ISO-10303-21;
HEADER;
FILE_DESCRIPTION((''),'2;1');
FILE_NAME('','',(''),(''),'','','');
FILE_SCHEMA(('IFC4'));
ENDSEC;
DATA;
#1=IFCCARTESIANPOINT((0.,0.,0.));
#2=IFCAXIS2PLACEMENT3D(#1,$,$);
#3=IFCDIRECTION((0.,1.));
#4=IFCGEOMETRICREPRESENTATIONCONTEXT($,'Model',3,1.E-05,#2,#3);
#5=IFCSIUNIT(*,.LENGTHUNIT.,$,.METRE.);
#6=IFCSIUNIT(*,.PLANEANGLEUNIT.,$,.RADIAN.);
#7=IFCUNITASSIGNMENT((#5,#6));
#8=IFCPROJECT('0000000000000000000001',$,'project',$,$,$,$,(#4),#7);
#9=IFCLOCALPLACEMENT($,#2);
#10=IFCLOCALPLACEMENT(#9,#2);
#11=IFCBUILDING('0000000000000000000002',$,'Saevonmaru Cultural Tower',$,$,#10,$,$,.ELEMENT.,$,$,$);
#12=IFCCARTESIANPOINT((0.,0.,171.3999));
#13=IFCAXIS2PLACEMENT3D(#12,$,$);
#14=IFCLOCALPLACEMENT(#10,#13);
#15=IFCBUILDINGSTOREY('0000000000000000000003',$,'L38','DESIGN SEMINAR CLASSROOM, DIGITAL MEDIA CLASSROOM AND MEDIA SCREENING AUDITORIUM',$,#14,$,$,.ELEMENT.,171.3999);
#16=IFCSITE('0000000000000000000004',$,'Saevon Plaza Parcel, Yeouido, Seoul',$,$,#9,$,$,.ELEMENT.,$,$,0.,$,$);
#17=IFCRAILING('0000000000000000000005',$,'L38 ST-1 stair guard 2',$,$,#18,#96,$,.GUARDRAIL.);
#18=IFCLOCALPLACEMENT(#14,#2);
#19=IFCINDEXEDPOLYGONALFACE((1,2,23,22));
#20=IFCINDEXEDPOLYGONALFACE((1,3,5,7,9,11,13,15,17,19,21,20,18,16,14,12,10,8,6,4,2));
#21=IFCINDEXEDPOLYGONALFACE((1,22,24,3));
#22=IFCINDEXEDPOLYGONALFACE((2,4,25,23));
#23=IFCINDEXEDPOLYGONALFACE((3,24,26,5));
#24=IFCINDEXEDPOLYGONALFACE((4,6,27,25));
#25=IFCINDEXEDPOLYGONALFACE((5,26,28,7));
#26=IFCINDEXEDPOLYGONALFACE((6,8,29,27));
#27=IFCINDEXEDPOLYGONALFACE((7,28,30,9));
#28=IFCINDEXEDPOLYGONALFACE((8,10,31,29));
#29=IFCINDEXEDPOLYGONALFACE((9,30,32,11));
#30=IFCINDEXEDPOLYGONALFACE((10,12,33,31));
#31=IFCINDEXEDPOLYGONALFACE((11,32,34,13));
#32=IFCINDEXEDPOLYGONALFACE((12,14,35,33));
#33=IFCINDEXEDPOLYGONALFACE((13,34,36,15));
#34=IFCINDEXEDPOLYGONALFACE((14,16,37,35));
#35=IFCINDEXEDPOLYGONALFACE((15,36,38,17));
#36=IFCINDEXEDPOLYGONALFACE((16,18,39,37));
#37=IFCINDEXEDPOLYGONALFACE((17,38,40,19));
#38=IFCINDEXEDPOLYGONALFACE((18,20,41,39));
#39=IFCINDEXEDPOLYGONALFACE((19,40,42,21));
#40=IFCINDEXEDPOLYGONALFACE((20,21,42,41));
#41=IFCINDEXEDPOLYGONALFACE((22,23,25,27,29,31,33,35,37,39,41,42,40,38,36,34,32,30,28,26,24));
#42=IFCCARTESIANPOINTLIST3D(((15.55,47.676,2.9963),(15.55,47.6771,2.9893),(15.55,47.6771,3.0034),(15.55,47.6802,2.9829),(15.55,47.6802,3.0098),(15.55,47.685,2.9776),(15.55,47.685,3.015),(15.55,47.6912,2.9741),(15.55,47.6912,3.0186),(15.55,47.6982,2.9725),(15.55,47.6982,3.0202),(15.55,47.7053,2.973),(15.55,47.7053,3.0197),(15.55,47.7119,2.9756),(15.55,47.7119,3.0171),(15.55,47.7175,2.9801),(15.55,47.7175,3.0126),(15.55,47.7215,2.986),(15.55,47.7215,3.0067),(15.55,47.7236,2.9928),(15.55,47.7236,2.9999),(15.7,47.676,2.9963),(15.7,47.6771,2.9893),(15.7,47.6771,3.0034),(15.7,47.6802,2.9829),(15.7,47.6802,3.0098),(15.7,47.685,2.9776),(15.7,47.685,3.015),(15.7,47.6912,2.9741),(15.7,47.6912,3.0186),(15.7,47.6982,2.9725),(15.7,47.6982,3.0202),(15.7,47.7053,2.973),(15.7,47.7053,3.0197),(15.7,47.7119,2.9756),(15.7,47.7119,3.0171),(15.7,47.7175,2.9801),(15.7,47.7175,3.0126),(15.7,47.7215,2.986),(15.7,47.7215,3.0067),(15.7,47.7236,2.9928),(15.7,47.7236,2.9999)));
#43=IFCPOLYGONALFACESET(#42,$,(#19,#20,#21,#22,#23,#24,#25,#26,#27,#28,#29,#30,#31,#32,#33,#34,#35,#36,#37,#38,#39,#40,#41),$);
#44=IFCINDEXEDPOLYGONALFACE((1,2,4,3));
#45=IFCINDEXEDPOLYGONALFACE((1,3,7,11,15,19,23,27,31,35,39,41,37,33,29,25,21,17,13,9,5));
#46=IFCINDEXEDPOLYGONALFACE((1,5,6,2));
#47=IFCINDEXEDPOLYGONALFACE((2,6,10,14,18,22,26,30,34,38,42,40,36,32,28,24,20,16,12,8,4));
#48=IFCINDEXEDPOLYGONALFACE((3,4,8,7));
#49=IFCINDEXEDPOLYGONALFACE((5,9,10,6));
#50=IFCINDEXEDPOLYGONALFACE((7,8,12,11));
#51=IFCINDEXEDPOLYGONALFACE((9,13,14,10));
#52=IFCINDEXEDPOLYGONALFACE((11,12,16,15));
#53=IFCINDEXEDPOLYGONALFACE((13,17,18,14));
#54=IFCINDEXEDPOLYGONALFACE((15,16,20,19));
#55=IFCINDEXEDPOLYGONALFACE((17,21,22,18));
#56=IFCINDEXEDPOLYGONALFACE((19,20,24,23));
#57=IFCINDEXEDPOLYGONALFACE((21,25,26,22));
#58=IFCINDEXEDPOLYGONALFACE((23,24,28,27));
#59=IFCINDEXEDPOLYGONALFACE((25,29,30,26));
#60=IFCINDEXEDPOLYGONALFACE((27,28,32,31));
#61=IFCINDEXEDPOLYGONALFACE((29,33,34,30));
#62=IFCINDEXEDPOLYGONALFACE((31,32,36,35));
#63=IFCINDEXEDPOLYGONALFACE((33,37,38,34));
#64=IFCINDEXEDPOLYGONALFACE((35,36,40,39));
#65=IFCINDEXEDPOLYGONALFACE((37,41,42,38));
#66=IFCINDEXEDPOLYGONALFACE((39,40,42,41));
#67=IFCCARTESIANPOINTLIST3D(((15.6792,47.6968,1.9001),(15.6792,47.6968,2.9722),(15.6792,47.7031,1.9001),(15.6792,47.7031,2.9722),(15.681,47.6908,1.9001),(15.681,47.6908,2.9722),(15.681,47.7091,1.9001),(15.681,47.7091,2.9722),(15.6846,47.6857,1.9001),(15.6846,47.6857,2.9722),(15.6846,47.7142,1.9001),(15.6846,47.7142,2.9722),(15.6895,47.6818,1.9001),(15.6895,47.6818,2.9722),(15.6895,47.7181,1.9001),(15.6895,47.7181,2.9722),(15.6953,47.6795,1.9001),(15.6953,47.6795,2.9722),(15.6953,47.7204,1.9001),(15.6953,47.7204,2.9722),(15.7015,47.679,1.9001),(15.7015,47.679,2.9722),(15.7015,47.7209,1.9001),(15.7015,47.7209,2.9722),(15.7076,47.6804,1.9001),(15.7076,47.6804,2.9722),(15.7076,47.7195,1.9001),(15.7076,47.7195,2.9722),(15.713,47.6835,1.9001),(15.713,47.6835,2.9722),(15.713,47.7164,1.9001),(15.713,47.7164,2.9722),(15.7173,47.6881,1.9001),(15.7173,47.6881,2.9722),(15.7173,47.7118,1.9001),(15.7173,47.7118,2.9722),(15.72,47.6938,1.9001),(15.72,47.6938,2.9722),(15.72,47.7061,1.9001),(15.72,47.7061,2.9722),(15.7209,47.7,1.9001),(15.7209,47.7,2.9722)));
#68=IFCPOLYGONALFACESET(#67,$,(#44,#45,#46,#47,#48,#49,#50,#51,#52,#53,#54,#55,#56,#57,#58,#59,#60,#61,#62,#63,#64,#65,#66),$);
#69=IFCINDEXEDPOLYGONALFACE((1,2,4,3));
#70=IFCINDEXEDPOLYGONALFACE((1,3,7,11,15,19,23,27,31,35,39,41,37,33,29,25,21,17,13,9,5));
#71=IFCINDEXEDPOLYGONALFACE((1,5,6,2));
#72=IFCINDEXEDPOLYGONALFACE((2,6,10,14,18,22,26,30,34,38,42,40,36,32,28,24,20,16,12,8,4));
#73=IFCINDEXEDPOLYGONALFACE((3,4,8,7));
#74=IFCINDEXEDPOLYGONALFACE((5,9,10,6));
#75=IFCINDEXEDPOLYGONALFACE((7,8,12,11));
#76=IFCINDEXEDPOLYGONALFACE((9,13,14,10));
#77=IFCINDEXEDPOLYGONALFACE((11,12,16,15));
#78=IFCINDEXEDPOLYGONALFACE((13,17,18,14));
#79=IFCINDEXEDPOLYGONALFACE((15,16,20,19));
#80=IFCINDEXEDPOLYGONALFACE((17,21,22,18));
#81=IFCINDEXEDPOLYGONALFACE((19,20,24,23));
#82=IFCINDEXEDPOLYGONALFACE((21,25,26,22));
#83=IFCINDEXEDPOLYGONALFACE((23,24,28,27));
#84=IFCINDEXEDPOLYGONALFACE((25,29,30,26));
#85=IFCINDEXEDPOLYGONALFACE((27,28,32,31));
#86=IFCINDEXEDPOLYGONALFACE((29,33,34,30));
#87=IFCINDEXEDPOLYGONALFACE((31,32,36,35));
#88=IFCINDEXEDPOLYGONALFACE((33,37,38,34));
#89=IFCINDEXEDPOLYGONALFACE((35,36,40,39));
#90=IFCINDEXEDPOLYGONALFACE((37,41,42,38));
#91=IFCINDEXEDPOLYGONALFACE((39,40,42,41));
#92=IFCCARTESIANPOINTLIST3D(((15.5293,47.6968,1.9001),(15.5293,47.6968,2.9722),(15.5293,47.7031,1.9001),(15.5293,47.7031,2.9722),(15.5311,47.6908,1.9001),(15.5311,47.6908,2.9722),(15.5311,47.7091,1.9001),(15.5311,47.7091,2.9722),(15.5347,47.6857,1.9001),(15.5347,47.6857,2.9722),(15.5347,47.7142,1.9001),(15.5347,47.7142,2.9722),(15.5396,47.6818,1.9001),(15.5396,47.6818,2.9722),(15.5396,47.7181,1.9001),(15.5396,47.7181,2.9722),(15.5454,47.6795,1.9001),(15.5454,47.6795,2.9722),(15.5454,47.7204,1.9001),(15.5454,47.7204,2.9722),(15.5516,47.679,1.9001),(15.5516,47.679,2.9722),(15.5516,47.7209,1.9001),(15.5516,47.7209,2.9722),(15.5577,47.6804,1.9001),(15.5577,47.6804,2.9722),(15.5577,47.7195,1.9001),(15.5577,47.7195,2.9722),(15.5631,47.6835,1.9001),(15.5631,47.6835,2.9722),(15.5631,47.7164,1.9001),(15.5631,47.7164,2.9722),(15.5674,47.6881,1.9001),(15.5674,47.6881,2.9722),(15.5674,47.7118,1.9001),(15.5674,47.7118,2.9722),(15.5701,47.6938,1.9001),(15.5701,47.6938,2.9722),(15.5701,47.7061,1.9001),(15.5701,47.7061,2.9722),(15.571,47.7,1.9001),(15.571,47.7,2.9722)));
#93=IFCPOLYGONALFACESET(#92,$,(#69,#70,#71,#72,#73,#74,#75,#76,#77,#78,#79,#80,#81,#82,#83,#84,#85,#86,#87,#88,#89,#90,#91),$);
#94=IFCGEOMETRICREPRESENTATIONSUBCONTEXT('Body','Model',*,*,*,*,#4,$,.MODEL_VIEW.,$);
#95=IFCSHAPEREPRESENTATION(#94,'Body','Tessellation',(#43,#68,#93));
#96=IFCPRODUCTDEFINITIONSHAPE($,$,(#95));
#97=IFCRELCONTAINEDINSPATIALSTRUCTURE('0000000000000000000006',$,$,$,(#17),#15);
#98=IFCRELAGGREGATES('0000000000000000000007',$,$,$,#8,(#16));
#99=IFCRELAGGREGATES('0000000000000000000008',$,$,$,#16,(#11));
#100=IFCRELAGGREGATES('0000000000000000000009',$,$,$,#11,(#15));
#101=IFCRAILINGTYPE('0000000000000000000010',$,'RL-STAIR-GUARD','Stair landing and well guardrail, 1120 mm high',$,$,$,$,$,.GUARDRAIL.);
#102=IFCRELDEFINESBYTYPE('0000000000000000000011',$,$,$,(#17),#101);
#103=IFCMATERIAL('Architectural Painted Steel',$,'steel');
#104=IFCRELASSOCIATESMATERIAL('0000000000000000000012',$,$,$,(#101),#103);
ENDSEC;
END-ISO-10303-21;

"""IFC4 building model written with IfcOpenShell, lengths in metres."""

from ifc_helpers import new_model, si_unit, direction, frame, origin, origin_2d, place, context, subcontext, project, spatial, circle, extrude, material, type_object, element, save


model = new_model("IFC4")

# Units and contexts
model_context = context("Model", 3, precision=1e-05, world=origin(), true_north=direction((0.0, 1.0)))
body_context = subcontext(model_context, "Body", "Model", "MODEL_VIEW")
ifc_project = project(units=[si_unit("LENGTHUNIT", "METRE"), si_unit("PLANEANGLEUNIT", "RADIAN")], contexts=[model_context])

# Site, building, storey
site_placement = place(None, origin())
site = spatial("IfcSite", under=ifc_project, at=site_placement, Name="Saevon Plaza Parcel, Yeouido, Seoul", CompositionType="ELEMENT", RefElevation=0.0)
building_placement = place(site_placement, origin())
building = spatial("IfcBuilding", under=site, at=building_placement, Name="Saevonmaru Cultural Tower", CompositionType="ELEMENT")
storey_placement = place(building_placement, frame((0.0, 0.0, 171.3999)))
storey = spatial("IfcBuildingStorey", under=building, at=storey_placement, Name="L38", Description="DESIGN SEMINAR CLASSROOM, DIGITAL MEDIA CLASSROOM AND MEDIA SCREENING AUDITORIUM", CompositionType="ELEMENT", Elevation=171.3999)

# Railing
ifc_material_1 = material(Name="Architectural Painted Steel", Category="steel")
railing_type_1 = type_object("IfcRailingType", Name="RL-STAIR-GUARD", Description="Stair landing and well guardrail, 1120 mm high", PredefinedType="GUARDRAIL", material=ifc_material_1)
railing_1_placement = place(storey_placement, frame((15.7, 47.7, 1.9001)))
element("IfcRailing", 1, at=railing_1_placement, inside=storey, type_object=railing_type_1, Name="L38 ST-1 stair guard 2", PredefinedType="GUARDRAIL", context=body_context, shape_type="SweptSolid", body=[
    extrude(circle(Radius=0.0239, at=origin_2d()), frame((0.0, 0.0, 1.0962), z_axis=(-1.0, 0.0, 0.0), x_axis=(0.0, -1.0, 0.0)), (0.0, 0.0, 1.0), 0.1499),
    extrude(circle(Radius=0.021, at=origin_2d()), origin(), (0.0, 0.0, 1.0), 1.072),
    extrude(circle(Radius=0.021, at=origin_2d()), frame((-0.1499, 0.0, 0.0)), (0.0, 0.0, 1.0), 1.072),
])

save(model, "model.ifc")
